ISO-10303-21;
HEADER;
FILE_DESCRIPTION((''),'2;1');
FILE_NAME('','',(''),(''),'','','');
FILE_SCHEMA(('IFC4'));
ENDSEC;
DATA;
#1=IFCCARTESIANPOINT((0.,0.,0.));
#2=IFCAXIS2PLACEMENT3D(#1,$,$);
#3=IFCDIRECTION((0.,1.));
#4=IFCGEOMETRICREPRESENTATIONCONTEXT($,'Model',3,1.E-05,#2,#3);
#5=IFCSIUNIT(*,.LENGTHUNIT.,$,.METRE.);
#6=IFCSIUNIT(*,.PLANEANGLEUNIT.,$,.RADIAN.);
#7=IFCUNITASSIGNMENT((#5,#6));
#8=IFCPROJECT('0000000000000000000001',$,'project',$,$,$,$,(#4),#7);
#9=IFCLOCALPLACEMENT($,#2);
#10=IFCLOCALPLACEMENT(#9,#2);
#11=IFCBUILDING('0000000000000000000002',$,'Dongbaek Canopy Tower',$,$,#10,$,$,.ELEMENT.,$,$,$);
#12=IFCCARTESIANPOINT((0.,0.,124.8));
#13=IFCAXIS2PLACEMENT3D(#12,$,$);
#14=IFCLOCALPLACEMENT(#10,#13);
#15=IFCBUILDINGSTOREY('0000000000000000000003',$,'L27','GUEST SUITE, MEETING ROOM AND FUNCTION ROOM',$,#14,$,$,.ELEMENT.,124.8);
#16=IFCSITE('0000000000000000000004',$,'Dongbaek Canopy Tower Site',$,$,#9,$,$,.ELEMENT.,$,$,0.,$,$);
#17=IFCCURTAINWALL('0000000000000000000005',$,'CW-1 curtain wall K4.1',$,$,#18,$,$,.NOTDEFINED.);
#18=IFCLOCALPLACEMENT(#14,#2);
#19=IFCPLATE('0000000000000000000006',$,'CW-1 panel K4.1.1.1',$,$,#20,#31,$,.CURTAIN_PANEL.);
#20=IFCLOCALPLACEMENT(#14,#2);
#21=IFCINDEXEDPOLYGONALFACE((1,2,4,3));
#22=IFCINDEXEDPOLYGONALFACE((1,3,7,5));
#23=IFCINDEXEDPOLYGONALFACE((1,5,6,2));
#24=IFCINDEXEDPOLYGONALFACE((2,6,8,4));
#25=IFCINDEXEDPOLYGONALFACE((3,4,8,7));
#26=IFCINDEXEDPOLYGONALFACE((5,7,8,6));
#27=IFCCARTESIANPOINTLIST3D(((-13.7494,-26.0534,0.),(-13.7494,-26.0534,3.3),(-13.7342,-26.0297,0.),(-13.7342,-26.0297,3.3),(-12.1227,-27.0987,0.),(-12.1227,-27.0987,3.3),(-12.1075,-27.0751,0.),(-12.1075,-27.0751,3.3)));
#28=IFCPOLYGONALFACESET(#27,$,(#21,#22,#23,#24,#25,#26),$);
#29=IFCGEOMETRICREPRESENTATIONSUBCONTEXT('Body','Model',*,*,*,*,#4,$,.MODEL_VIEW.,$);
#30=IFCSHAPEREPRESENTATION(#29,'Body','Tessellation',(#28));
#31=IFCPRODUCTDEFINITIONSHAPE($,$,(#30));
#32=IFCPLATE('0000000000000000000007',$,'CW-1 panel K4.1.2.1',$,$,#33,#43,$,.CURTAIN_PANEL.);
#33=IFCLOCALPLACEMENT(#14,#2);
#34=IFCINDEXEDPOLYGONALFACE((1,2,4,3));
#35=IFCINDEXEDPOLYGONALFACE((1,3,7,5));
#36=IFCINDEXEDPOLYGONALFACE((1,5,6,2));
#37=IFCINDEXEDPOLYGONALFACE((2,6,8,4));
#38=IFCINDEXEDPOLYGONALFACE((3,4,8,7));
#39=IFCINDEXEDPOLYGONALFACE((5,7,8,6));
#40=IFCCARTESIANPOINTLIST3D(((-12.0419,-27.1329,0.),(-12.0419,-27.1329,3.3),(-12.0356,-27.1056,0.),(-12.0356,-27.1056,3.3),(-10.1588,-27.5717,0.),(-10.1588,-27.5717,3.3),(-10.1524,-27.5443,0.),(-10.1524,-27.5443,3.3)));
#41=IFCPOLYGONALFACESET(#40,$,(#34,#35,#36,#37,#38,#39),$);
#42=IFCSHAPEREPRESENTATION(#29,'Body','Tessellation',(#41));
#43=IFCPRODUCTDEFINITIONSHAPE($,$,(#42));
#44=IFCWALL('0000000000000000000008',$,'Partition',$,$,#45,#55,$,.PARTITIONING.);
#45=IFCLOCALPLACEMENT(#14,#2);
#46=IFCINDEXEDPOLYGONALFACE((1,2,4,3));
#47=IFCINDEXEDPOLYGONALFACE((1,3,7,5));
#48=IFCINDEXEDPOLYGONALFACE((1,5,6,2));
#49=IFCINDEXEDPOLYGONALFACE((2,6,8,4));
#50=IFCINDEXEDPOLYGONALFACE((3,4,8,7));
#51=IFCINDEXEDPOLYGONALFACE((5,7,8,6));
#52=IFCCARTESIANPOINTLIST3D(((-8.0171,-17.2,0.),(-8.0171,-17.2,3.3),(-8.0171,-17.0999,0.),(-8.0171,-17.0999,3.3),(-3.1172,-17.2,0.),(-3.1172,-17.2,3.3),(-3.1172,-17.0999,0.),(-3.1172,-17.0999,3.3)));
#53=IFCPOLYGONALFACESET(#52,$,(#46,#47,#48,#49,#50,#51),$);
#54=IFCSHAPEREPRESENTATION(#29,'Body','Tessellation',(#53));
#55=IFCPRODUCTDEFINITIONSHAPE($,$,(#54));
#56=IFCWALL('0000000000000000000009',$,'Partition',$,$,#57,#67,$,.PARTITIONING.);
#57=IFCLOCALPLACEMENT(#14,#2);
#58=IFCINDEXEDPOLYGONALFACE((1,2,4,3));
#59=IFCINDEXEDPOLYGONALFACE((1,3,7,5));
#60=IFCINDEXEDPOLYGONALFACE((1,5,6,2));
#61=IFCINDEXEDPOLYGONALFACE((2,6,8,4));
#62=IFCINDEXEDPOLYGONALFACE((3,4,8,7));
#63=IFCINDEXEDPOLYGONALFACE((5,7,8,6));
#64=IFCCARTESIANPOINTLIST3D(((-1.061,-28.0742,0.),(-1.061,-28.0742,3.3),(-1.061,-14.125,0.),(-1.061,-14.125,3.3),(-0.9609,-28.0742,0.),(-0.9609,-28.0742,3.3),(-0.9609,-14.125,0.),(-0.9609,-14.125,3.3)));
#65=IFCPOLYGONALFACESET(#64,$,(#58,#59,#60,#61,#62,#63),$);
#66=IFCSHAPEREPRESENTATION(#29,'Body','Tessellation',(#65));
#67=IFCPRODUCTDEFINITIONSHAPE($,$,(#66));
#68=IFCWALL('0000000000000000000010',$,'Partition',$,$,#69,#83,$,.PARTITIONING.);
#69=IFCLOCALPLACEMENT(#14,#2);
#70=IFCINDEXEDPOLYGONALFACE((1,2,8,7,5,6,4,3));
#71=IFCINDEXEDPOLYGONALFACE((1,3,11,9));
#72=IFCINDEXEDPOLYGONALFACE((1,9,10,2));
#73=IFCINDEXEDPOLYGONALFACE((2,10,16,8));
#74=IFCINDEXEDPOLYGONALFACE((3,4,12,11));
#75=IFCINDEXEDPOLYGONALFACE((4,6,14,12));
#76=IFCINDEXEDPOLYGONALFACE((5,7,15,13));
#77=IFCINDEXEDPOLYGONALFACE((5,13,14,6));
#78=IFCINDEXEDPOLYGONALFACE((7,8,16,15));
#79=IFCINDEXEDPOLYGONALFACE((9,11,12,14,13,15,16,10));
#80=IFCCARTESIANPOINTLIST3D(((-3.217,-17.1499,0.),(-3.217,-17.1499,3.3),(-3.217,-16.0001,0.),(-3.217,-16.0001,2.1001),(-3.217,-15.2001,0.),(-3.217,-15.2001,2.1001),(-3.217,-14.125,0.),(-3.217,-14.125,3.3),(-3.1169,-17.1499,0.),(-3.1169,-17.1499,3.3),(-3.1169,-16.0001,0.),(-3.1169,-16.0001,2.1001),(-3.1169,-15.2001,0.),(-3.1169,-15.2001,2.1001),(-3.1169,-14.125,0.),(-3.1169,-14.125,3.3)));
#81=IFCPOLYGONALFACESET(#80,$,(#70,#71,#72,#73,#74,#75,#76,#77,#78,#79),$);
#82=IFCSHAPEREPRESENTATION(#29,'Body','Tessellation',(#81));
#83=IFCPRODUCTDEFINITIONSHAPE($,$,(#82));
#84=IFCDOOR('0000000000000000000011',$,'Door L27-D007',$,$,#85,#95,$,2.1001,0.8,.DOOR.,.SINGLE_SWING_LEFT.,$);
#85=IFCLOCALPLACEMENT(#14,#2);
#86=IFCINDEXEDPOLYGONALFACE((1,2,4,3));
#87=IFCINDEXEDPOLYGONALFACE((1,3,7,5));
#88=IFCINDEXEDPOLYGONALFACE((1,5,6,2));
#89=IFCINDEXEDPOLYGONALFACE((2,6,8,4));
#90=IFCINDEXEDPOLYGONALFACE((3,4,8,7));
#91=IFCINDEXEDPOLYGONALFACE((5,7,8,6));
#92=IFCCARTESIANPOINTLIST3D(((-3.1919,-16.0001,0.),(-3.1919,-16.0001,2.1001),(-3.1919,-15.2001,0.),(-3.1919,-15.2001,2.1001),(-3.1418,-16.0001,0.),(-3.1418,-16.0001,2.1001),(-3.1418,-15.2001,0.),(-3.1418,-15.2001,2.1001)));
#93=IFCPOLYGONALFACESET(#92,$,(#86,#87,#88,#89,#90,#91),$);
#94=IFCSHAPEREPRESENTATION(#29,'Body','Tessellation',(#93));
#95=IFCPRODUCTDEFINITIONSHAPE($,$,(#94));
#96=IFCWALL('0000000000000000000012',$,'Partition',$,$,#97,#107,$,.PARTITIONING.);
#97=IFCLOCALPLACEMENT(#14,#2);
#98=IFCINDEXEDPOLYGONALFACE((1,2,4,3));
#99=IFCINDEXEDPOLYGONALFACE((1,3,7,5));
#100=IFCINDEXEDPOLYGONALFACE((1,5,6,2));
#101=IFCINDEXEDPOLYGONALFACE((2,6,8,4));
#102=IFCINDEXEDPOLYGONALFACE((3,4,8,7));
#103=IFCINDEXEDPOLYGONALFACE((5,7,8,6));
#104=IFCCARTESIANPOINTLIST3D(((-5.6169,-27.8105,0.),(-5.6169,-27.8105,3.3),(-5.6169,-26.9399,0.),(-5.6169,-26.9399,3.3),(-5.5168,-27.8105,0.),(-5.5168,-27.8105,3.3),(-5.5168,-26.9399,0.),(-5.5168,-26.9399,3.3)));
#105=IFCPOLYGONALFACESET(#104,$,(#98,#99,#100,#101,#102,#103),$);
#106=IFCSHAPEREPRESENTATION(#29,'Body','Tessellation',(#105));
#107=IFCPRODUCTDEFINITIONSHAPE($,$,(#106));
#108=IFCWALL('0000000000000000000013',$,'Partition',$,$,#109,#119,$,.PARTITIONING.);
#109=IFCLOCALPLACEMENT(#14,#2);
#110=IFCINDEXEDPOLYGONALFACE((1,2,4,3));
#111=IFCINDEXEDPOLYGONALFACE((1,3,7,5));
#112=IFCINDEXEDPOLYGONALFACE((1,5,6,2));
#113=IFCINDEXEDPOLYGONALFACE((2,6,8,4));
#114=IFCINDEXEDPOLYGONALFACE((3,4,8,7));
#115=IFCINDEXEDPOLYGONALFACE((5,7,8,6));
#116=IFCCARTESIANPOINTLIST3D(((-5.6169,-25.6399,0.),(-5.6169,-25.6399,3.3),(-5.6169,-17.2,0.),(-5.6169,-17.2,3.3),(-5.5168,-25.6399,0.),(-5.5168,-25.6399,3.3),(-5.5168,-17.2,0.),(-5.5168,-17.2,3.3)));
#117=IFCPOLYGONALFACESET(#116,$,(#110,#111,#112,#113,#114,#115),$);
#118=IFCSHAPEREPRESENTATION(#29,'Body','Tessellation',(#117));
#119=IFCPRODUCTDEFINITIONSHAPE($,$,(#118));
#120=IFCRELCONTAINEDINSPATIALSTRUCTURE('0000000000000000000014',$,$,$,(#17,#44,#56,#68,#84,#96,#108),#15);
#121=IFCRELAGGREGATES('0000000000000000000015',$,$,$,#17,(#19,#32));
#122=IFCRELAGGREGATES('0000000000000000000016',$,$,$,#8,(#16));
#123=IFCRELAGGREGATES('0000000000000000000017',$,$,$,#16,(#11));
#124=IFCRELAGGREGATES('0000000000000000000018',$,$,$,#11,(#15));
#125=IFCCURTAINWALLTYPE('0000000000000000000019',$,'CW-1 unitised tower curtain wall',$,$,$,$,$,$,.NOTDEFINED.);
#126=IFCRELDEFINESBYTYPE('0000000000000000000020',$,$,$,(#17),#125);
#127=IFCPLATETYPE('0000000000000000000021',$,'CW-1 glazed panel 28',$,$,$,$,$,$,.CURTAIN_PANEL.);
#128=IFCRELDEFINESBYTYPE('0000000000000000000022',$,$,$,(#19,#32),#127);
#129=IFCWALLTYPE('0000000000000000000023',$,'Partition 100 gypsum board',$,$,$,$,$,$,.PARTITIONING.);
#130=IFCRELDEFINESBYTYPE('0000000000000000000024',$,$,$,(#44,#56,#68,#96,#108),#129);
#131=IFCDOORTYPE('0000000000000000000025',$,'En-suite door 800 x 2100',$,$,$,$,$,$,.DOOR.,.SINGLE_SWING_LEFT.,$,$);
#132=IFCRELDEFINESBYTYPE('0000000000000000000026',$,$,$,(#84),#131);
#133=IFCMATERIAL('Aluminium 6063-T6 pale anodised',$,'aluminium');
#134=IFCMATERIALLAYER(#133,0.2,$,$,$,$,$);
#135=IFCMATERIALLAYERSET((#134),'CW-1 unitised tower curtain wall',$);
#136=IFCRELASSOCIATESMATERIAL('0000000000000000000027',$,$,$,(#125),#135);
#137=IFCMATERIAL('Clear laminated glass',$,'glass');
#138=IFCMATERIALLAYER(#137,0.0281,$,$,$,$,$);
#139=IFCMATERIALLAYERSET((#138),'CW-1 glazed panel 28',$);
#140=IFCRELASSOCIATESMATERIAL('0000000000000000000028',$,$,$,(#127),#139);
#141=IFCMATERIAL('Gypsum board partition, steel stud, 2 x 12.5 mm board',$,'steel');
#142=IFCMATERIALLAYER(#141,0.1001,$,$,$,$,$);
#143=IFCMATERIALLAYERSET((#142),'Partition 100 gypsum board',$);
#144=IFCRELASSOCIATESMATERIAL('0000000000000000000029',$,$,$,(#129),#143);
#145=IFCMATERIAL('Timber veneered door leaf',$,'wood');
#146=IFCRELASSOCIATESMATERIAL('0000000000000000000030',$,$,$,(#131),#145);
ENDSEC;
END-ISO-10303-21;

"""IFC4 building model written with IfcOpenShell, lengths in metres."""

from ifc_helpers import new_model, si_unit, direction, frame, frame_2d, origin, origin_2d, place, context, subcontext, project, spatial, rectangle, extrude, material, layer, layer_set, type_object, element, fill, aggregate, save


model = new_model("IFC4")

# Units and contexts
model_context = context("Model", 3, precision=1e-05, world=origin(), true_north=direction((0.0, 1.0)))
body_context = subcontext(model_context, "Body", "Model", "MODEL_VIEW")
ifc_project = project(units=[si_unit("LENGTHUNIT", "METRE"), si_unit("PLANEANGLEUNIT", "RADIAN")], contexts=[model_context])

# Site, building, storey
site_placement = place(None, origin())
site = spatial("IfcSite", under=ifc_project, at=site_placement, Name="Dongbaek Canopy Tower Site", CompositionType="ELEMENT", RefElevation=0.0)
building_placement = place(site_placement, origin())
building = spatial("IfcBuilding", under=site, at=building_placement, Name="Dongbaek Canopy Tower", CompositionType="ELEMENT")
storey_placement = place(building_placement, frame((0.0, 0.0, 124.8)))
storey = spatial("IfcBuildingStorey", under=building, at=storey_placement, Name="L27", Description="GUEST SUITE, MEETING ROOM AND FUNCTION ROOM", CompositionType="ELEMENT", Elevation=124.8)

# Curtain wall
ifc_material_1 = material(Name="Aluminium 6063-T6 pale anodised", Category="aluminium")
ifc_layer_1 = layer(ifc_material_1, 0.2)
ifc_layer_set_1 = layer_set([ifc_layer_1], Name="CW-1 unitised tower curtain wall")
curtain_wall_type = type_object("IfcCurtainWallType", Name="CW-1 unitised tower curtain wall", PredefinedType="NOTDEFINED", material=ifc_layer_set_1)
curtain_wall_placement = place(storey_placement, origin())
curtain_wall = element("IfcCurtainWall", 1, at=curtain_wall_placement, inside=storey, type_object=curtain_wall_type, Name="CW-1 curtain wall K4.1", PredefinedType="NOTDEFINED")

# Plates
ifc_material_2 = material(Name="Clear laminated glass", Category="glass")
ifc_layer_2 = layer(ifc_material_2, 0.0281)
ifc_layer_set_2 = layer_set([ifc_layer_2], Name="CW-1 glazed panel 28")
plate_type = type_object("IfcPlateType", Name="CW-1 glazed panel 28", PredefinedType="CURTAIN_PANEL", material=ifc_layer_set_2)
plate_1_placement = place(storey_placement, frame((-12.9285, -26.5642, 0.0), z_axis=(0.0, 0.0, 1.0), x_axis=(0.841271, -0.540614, 0.0)))
plate_1 = element("IfcPlate", 2, at=plate_1_placement, type_object=plate_type, Name="CW-1 panel K4.1.1.1", PredefinedType="CURTAIN_PANEL", context=body_context, shape_type="SweptSolid", body=[
    extrude(rectangle(XDim=1.9336, YDim=0.0281, at=origin_2d()), origin(), (0.0, 0.0, 1.0), 3.3),
])
plate_2_placement = place(storey_placement, frame((-11.0972, -27.3386, 0.0), z_axis=(0.0, 0.0, 1.0), x_axis=(0.973914, -0.226919, 0.0)))
plate_2 = element("IfcPlate", 3, at=plate_2_placement, type_object=plate_type, Name="CW-1 panel K4.1.2.1", PredefinedType="CURTAIN_PANEL", context=body_context, shape_type="SweptSolid", body=[
    extrude(rectangle(XDim=1.9336, YDim=0.0281, at=origin_2d()), origin(), (0.0, 0.0, 1.0), 3.3),
])
aggregate(curtain_wall, [plate_1, plate_2])

# Walls
ifc_material_3 = material(Name="Gypsum board partition, steel stud, 2 x 12.5 mm board", Category="steel")
ifc_layer_3 = layer(ifc_material_3, 0.1001)
ifc_layer_set_3 = layer_set([ifc_layer_3], Name="Partition 100 gypsum board")
wall_type_1 = type_object("IfcWallType", Name="Partition 100 gypsum board", PredefinedType="PARTITIONING", material=ifc_layer_set_3)
wall_1_placement = place(storey_placement, frame((-8.0171, -17.1499, 0.0), z_axis=(0.0, 0.0, 1.0), x_axis=(1.0, 0.0, 0.0)))
element("IfcWall", 4, at=wall_1_placement, inside=storey, type_object=wall_type_1, Name="Partition", PredefinedType="PARTITIONING", context=body_context, shape_type="SweptSolid", body=[
    extrude(rectangle(XDim=4.8999, YDim=0.1001, at=frame_2d((2.45, 0.0))), origin(), (0.0, 0.0, 1.0), 3.3),
])
wall_2_placement = place(storey_placement, frame((-1.011, -28.0742, 0.0), z_axis=(0.0, 0.0, 1.0), x_axis=(0.0, 1.0, 0.0)))
element("IfcWall", 5, at=wall_2_placement, inside=storey, type_object=wall_type_1, Name="Partition", PredefinedType="PARTITIONING", context=body_context, shape_type="SweptSolid", body=[
    extrude(rectangle(XDim=13.9492, YDim=0.1001, at=frame_2d((6.9746, 0.0))), origin(), (0.0, 0.0, 1.0), 3.3),
])

# Wall, opening, door
wall_3_placement = place(storey_placement, frame((-3.167, -17.1499, 0.0), z_axis=(0.0, 0.0, 1.0), x_axis=(0.0, 1.0, 0.0)))
wall_3 = element("IfcWall", 6, at=wall_3_placement, inside=storey, type_object=wall_type_1, Name="Partition", PredefinedType="PARTITIONING", context=body_context, shape_type="SweptSolid", body=[
    extrude(rectangle(XDim=3.0249, YDim=0.1001, at=frame_2d((1.5125, 0.0))), origin(), (0.0, 0.0, 1.0), 3.3),
])
opening_1_placement = place(wall_3_placement, frame((1.1499, 0.0, 0.0)))
opening_1 = element("IfcOpeningElement", 7, at=opening_1_placement, cuts=wall_3, PredefinedType="OPENING", context=body_context, shape_type="SweptSolid", body=[
    extrude(rectangle(XDim=0.8, YDim=2.1001, at=frame_2d((0.3999, 1.05))), frame((0.0, 0.0601, 0.0), z_axis=(0.0, -1.0, 0.0), x_axis=(1.0, 0.0, 0.0)), (0.0, 0.0, 1.0), 0.1201),
])
ifc_material_4 = material(Name="Timber veneered door leaf", Category="wood")
door_type_1 = type_object("IfcDoorType", Name="En-suite door 800 x 2100", OperationType="SINGLE_SWING_LEFT", PredefinedType="DOOR", material=ifc_material_4)
door_1_placement = place(opening_1_placement, origin())
door_1 = element("IfcDoor", 8, at=door_1_placement, inside=storey, type_object=door_type_1, Name="Door L27-D007", OperationType="SINGLE_SWING_LEFT", OverallHeight=2.1001, OverallWidth=0.8, PredefinedType="DOOR", context=body_context, shape_type="SweptSolid", body=[
    extrude(rectangle(XDim=0.8, YDim=2.1001, at=frame_2d((0.3999, 1.05))), frame((0.0, 0.0249, 0.0), z_axis=(0.0, -1.0, 0.0), x_axis=(1.0, 0.0, 0.0)), (0.0, 0.0, 1.0), 0.05),
])
fill(opening_1, door_1)

# Walls
wall_4_placement = place(storey_placement, frame((-5.5669, -27.8105, 0.0), z_axis=(0.0, 0.0, 1.0), x_axis=(0.0, 1.0, 0.0)))
element("IfcWall", 9, at=wall_4_placement, inside=storey, type_object=wall_type_1, Name="Partition", PredefinedType="PARTITIONING", context=body_context, shape_type="SweptSolid", body=[
    extrude(rectangle(XDim=0.8706, YDim=0.1001, at=frame_2d((0.4353, 0.0))), origin(), (0.0, 0.0, 1.0), 3.3),
])
wall_5_placement = place(storey_placement, frame((-5.5669, -25.6399, 0.0), z_axis=(0.0, 0.0, 1.0), x_axis=(0.0, 1.0, 0.0)))
element("IfcWall", 10, at=wall_5_placement, inside=storey, type_object=wall_type_1, Name="Partition", PredefinedType="PARTITIONING", context=body_context, shape_type="SweptSolid", body=[
    extrude(rectangle(XDim=8.4399, YDim=0.1001, at=frame_2d((4.22, 0.0))), origin(), (0.0, 0.0, 1.0), 3.3),
])

save(model, "model.ifc")
